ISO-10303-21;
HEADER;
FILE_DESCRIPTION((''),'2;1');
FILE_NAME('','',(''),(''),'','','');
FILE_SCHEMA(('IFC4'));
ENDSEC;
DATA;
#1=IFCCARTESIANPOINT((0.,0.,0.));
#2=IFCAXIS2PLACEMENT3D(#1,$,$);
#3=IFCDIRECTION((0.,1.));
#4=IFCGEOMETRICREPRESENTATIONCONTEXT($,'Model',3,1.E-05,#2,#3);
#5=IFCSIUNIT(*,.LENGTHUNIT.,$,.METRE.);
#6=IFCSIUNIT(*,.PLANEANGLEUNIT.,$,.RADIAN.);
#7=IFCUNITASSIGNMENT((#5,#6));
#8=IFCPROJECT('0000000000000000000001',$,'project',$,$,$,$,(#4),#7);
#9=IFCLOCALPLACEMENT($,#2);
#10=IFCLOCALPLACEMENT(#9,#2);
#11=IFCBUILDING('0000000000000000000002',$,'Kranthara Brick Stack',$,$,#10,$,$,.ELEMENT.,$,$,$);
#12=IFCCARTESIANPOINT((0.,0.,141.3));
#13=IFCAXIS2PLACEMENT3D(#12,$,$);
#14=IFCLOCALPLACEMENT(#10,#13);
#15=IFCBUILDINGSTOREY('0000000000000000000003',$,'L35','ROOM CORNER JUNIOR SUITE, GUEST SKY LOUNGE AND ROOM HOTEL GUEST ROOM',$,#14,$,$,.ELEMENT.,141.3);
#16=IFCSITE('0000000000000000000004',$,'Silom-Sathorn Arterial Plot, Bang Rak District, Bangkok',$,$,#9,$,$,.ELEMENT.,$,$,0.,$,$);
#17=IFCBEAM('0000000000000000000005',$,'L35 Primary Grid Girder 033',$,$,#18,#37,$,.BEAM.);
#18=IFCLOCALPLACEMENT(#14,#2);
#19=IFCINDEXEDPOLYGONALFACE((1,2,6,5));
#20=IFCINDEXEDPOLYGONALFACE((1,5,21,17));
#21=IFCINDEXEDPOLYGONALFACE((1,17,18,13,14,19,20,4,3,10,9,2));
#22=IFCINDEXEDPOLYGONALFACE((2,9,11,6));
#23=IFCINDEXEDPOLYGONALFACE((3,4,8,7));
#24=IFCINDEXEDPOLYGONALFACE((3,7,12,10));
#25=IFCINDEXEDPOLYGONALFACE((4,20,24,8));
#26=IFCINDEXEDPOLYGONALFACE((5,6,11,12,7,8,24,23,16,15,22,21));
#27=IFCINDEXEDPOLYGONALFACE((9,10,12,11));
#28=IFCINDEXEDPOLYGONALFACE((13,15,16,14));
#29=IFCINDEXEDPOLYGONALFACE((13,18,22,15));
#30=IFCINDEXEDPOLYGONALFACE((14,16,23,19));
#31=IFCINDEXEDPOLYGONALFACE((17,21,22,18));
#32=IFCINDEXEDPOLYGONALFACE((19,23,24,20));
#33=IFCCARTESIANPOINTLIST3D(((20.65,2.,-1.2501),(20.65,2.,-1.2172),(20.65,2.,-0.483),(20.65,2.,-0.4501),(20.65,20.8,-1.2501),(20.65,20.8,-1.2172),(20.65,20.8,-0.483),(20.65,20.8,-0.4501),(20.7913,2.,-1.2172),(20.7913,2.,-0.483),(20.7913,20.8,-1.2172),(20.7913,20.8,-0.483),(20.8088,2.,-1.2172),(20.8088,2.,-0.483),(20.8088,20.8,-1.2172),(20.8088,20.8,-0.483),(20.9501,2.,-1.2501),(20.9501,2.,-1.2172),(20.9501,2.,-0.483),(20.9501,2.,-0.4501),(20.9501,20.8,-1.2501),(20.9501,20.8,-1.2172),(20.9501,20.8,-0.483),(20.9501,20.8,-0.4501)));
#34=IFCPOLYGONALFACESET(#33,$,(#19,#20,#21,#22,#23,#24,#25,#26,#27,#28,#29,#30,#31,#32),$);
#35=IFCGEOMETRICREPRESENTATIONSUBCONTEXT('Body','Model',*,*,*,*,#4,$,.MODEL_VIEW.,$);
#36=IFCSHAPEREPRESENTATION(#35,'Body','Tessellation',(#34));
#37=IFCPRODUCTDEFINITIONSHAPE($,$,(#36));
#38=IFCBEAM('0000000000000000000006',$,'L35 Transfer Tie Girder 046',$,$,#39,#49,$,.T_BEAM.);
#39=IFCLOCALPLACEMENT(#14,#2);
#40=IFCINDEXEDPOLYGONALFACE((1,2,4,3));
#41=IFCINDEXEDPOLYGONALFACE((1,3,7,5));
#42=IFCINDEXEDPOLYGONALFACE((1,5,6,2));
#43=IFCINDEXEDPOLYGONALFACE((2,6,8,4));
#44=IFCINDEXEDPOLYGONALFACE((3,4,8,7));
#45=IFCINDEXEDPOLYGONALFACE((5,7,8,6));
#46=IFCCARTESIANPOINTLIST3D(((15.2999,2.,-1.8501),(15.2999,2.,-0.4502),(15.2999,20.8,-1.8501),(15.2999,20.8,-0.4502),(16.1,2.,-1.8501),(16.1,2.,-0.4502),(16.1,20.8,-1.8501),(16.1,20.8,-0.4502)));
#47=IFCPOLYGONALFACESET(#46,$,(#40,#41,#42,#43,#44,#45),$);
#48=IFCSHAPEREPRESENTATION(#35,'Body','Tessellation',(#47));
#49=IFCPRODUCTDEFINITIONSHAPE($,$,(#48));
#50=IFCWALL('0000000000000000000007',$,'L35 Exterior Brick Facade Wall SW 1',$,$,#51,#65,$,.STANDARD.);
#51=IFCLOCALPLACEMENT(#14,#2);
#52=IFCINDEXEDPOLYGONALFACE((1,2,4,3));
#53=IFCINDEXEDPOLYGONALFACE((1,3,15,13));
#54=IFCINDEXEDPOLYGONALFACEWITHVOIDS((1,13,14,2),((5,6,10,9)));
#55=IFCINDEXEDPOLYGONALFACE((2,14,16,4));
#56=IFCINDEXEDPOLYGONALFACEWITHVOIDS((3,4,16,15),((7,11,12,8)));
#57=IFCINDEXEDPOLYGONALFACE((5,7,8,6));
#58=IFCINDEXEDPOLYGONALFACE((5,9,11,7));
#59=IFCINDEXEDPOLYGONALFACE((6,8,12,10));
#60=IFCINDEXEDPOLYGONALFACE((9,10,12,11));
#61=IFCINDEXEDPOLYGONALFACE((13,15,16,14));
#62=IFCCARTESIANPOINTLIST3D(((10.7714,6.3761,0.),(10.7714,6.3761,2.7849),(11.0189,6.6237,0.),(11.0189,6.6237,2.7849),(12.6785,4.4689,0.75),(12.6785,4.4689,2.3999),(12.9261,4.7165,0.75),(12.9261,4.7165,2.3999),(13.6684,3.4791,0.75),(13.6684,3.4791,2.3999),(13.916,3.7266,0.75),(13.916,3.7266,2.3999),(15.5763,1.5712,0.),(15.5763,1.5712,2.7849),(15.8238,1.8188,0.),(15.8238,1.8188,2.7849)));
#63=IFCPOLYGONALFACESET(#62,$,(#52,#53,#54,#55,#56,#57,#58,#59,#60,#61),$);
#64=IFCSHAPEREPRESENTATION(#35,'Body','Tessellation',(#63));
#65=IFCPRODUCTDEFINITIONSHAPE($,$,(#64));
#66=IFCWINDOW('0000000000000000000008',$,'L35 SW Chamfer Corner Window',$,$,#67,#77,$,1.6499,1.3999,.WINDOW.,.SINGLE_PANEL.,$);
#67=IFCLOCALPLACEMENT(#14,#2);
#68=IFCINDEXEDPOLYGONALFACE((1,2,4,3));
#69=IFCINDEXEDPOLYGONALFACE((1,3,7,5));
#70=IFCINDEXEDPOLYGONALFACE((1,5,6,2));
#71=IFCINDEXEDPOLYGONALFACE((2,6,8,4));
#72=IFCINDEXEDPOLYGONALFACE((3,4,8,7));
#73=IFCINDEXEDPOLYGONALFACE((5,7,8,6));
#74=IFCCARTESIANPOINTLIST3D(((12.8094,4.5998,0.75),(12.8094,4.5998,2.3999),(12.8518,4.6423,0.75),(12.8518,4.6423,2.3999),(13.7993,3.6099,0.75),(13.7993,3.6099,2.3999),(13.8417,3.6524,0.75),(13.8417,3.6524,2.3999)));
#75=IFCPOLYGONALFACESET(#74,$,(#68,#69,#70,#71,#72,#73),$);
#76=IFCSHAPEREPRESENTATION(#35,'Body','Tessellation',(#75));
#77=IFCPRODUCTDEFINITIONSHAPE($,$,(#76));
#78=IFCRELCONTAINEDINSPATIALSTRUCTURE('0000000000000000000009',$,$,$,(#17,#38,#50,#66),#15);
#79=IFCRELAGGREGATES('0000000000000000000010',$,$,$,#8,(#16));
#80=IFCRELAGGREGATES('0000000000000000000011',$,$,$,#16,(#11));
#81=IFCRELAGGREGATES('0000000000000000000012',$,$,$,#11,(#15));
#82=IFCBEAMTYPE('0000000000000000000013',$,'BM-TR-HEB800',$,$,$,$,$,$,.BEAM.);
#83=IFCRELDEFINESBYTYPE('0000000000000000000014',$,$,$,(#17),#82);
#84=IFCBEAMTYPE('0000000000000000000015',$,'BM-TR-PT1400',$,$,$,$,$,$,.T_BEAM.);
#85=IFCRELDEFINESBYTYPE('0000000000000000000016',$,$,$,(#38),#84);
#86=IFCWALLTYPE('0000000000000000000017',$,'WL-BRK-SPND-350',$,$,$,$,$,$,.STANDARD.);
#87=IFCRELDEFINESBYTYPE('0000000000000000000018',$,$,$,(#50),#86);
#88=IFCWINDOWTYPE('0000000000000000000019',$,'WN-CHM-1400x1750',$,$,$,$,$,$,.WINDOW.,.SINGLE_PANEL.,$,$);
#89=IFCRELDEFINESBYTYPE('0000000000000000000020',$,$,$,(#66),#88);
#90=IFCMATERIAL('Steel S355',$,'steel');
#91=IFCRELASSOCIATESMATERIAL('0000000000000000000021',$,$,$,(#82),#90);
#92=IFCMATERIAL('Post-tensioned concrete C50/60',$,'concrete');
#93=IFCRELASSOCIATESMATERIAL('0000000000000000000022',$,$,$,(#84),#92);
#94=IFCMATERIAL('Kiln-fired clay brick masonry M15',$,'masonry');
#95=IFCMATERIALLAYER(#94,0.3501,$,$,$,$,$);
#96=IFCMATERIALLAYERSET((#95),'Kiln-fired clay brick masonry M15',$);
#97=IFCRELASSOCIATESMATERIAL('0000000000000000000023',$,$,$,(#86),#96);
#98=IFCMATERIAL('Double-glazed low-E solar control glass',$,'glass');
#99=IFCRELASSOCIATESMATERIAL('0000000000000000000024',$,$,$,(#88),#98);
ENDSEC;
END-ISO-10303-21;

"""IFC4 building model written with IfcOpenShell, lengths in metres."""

from ifc_helpers import new_model, si_unit, direction, frame, frame_2d, origin, origin_2d, place, context, subcontext, project, spatial, rectangle, i_section, extrude, material, layer, layer_set, material_profile, profile_set, type_object, element, fill, save


model = new_model("IFC4")

# Units and contexts
model_context = context("Model", 3, precision=1e-05, world=origin(), true_north=direction((0.0, 1.0)))
body_context = subcontext(model_context, "Body", "Model", "MODEL_VIEW")
ifc_project = project(units=[si_unit("LENGTHUNIT", "METRE"), si_unit("PLANEANGLEUNIT", "RADIAN")], contexts=[model_context])

# Site, building, storey
site_placement = place(None, origin())
site = spatial("IfcSite", under=ifc_project, at=site_placement, Name="Silom-Sathorn Arterial Plot, Bang Rak District, Bangkok", CompositionType="ELEMENT", RefElevation=0.0)
building_placement = place(site_placement, origin())
building = spatial("IfcBuilding", under=site, at=building_placement, Name="Kranthara Brick Stack", CompositionType="ELEMENT")
storey_placement = place(building_placement, frame((0.0, 0.0, 141.3)))
storey = spatial("IfcBuildingStorey", under=building, at=storey_placement, Name="L35", Description="ROOM CORNER JUNIOR SUITE, GUEST SKY LOUNGE AND ROOM HOTEL GUEST ROOM", CompositionType="ELEMENT", Elevation=141.3)

# Beams
ifc_material_1 = material(Name="Steel S355", Category="steel")
ifc_material_profile_1 = material_profile(ifc_material_1, i_section(OverallWidth=0.3, OverallDepth=0.8, WebThickness=0.0176, FlangeThickness=0.033, at=origin_2d()), Name="HEB 800")
ifc_profile_set_1 = profile_set([ifc_material_profile_1], Name="Steel S355")
beam_type_1 = type_object("IfcBeamType", Name="BM-TR-HEB800", PredefinedType="BEAM", material=ifc_profile_set_1)
beam_1_placement = place(storey_placement, frame((20.8, 2.0, -0.8501), z_axis=(0.0, 1.0, 0.0), x_axis=(-1.0, 0.0, 0.0)))
element("IfcBeam", 1, at=beam_1_placement, inside=storey, type_object=beam_type_1, Name="L35 Primary Grid Girder 033", PredefinedType="BEAM", context=body_context, shape_type="SweptSolid", body=[
    extrude(i_section(OverallWidth=0.3, OverallDepth=0.8, WebThickness=0.0176, FlangeThickness=0.033, at=origin_2d()), origin(), (0.0, 0.0, 1.0), 18.8),
])
ifc_material_2 = material(Name="Post-tensioned concrete C50/60", Category="concrete")
ifc_material_profile_2 = material_profile(ifc_material_2, rectangle(XDim=0.8, YDim=1.3999, at=origin_2d()), Name="PT 800x1400")
ifc_profile_set_2 = profile_set([ifc_material_profile_2], Name="Post-tensioned concrete C50/60")
beam_type_2 = type_object("IfcBeamType", Name="BM-TR-PT1400", PredefinedType="T_BEAM", material=ifc_profile_set_2)
beam_2_placement = place(storey_placement, frame((15.7, 2.0, -1.1501), z_axis=(0.0, 1.0, 0.0), x_axis=(-1.0, 0.0, 0.0)))
element("IfcBeam", 2, at=beam_2_placement, inside=storey, type_object=beam_type_2, Name="L35 Transfer Tie Girder 046", PredefinedType="T_BEAM", context=body_context, shape_type="SweptSolid", body=[
    extrude(rectangle(XDim=0.8, YDim=1.3999, at=origin_2d()), origin(), (0.0, 0.0, 1.0), 18.8),
])

# Wall, opening, window
ifc_material_3 = material(Name="Kiln-fired clay brick masonry M15", Category="masonry")
ifc_layer_1 = layer(ifc_material_3, 0.3501)
ifc_layer_set_1 = layer_set([ifc_layer_1], Name="Kiln-fired clay brick masonry M15")
wall_type_1 = type_object("IfcWallType", Name="WL-BRK-SPND-350", PredefinedType="STANDARD", material=ifc_layer_set_1)
wall_1_placement = place(storey_placement, frame((15.7, 1.6951, 0.0), z_axis=(0.0, 0.0, 1.0), x_axis=(-0.707107, 0.707107, 0.0)))
wall_1 = element("IfcWall", 3, at=wall_1_placement, inside=storey, type_object=wall_type_1, Name="L35 Exterior Brick Facade Wall SW 1", PredefinedType="STANDARD", context=body_context, shape_type="SweptSolid", body=[
    extrude(rectangle(XDim=6.7952, YDim=0.3501, at=frame_2d((3.3975, 0.0))), origin(), (0.0, 0.0, 1.0), 2.7849),
])
opening_1_placement = place(wall_1_placement, frame((2.698, 0.0, 0.75)))
opening_1 = element("IfcOpeningElement", 4, at=opening_1_placement, cuts=wall_1, PredefinedType="OPENING", context=body_context, shape_type="SweptSolid", body=[
    extrude(rectangle(XDim=1.3999, YDim=1.6499, at=frame_2d((0.7, 0.825))), frame((0.0, 0.1851, 0.0), z_axis=(0.0, -1.0, 0.0), x_axis=(1.0, 0.0, 0.0)), (0.0, 0.0, 1.0), 0.3701),
])
ifc_material_4 = material(Name="Double-glazed low-E solar control glass", Category="glass")
window_type_1 = type_object("IfcWindowType", Name="WN-CHM-1400x1750", PartitioningType="SINGLE_PANEL", PredefinedType="WINDOW", material=ifc_material_4)
window_1_placement = place(opening_1_placement, origin())
window_1 = element("IfcWindow", 5, at=window_1_placement, inside=storey, type_object=window_type_1, Name="L35 SW Chamfer Corner Window", OverallHeight=1.6499, OverallWidth=1.3999, PartitioningType="SINGLE_PANEL", PredefinedType="WINDOW", context=body_context, shape_type="SweptSolid", body=[
    extrude(rectangle(XDim=1.3999, YDim=1.6499, at=frame_2d((0.7, 0.825))), frame((0.0, -0.01, 0.0), z_axis=(0.0, -1.0, 0.0), x_axis=(1.0, 0.0, 0.0)), (0.0, 0.0, 1.0), 0.0601),
])
fill(opening_1, window_1)

save(model, "model.ifc")
